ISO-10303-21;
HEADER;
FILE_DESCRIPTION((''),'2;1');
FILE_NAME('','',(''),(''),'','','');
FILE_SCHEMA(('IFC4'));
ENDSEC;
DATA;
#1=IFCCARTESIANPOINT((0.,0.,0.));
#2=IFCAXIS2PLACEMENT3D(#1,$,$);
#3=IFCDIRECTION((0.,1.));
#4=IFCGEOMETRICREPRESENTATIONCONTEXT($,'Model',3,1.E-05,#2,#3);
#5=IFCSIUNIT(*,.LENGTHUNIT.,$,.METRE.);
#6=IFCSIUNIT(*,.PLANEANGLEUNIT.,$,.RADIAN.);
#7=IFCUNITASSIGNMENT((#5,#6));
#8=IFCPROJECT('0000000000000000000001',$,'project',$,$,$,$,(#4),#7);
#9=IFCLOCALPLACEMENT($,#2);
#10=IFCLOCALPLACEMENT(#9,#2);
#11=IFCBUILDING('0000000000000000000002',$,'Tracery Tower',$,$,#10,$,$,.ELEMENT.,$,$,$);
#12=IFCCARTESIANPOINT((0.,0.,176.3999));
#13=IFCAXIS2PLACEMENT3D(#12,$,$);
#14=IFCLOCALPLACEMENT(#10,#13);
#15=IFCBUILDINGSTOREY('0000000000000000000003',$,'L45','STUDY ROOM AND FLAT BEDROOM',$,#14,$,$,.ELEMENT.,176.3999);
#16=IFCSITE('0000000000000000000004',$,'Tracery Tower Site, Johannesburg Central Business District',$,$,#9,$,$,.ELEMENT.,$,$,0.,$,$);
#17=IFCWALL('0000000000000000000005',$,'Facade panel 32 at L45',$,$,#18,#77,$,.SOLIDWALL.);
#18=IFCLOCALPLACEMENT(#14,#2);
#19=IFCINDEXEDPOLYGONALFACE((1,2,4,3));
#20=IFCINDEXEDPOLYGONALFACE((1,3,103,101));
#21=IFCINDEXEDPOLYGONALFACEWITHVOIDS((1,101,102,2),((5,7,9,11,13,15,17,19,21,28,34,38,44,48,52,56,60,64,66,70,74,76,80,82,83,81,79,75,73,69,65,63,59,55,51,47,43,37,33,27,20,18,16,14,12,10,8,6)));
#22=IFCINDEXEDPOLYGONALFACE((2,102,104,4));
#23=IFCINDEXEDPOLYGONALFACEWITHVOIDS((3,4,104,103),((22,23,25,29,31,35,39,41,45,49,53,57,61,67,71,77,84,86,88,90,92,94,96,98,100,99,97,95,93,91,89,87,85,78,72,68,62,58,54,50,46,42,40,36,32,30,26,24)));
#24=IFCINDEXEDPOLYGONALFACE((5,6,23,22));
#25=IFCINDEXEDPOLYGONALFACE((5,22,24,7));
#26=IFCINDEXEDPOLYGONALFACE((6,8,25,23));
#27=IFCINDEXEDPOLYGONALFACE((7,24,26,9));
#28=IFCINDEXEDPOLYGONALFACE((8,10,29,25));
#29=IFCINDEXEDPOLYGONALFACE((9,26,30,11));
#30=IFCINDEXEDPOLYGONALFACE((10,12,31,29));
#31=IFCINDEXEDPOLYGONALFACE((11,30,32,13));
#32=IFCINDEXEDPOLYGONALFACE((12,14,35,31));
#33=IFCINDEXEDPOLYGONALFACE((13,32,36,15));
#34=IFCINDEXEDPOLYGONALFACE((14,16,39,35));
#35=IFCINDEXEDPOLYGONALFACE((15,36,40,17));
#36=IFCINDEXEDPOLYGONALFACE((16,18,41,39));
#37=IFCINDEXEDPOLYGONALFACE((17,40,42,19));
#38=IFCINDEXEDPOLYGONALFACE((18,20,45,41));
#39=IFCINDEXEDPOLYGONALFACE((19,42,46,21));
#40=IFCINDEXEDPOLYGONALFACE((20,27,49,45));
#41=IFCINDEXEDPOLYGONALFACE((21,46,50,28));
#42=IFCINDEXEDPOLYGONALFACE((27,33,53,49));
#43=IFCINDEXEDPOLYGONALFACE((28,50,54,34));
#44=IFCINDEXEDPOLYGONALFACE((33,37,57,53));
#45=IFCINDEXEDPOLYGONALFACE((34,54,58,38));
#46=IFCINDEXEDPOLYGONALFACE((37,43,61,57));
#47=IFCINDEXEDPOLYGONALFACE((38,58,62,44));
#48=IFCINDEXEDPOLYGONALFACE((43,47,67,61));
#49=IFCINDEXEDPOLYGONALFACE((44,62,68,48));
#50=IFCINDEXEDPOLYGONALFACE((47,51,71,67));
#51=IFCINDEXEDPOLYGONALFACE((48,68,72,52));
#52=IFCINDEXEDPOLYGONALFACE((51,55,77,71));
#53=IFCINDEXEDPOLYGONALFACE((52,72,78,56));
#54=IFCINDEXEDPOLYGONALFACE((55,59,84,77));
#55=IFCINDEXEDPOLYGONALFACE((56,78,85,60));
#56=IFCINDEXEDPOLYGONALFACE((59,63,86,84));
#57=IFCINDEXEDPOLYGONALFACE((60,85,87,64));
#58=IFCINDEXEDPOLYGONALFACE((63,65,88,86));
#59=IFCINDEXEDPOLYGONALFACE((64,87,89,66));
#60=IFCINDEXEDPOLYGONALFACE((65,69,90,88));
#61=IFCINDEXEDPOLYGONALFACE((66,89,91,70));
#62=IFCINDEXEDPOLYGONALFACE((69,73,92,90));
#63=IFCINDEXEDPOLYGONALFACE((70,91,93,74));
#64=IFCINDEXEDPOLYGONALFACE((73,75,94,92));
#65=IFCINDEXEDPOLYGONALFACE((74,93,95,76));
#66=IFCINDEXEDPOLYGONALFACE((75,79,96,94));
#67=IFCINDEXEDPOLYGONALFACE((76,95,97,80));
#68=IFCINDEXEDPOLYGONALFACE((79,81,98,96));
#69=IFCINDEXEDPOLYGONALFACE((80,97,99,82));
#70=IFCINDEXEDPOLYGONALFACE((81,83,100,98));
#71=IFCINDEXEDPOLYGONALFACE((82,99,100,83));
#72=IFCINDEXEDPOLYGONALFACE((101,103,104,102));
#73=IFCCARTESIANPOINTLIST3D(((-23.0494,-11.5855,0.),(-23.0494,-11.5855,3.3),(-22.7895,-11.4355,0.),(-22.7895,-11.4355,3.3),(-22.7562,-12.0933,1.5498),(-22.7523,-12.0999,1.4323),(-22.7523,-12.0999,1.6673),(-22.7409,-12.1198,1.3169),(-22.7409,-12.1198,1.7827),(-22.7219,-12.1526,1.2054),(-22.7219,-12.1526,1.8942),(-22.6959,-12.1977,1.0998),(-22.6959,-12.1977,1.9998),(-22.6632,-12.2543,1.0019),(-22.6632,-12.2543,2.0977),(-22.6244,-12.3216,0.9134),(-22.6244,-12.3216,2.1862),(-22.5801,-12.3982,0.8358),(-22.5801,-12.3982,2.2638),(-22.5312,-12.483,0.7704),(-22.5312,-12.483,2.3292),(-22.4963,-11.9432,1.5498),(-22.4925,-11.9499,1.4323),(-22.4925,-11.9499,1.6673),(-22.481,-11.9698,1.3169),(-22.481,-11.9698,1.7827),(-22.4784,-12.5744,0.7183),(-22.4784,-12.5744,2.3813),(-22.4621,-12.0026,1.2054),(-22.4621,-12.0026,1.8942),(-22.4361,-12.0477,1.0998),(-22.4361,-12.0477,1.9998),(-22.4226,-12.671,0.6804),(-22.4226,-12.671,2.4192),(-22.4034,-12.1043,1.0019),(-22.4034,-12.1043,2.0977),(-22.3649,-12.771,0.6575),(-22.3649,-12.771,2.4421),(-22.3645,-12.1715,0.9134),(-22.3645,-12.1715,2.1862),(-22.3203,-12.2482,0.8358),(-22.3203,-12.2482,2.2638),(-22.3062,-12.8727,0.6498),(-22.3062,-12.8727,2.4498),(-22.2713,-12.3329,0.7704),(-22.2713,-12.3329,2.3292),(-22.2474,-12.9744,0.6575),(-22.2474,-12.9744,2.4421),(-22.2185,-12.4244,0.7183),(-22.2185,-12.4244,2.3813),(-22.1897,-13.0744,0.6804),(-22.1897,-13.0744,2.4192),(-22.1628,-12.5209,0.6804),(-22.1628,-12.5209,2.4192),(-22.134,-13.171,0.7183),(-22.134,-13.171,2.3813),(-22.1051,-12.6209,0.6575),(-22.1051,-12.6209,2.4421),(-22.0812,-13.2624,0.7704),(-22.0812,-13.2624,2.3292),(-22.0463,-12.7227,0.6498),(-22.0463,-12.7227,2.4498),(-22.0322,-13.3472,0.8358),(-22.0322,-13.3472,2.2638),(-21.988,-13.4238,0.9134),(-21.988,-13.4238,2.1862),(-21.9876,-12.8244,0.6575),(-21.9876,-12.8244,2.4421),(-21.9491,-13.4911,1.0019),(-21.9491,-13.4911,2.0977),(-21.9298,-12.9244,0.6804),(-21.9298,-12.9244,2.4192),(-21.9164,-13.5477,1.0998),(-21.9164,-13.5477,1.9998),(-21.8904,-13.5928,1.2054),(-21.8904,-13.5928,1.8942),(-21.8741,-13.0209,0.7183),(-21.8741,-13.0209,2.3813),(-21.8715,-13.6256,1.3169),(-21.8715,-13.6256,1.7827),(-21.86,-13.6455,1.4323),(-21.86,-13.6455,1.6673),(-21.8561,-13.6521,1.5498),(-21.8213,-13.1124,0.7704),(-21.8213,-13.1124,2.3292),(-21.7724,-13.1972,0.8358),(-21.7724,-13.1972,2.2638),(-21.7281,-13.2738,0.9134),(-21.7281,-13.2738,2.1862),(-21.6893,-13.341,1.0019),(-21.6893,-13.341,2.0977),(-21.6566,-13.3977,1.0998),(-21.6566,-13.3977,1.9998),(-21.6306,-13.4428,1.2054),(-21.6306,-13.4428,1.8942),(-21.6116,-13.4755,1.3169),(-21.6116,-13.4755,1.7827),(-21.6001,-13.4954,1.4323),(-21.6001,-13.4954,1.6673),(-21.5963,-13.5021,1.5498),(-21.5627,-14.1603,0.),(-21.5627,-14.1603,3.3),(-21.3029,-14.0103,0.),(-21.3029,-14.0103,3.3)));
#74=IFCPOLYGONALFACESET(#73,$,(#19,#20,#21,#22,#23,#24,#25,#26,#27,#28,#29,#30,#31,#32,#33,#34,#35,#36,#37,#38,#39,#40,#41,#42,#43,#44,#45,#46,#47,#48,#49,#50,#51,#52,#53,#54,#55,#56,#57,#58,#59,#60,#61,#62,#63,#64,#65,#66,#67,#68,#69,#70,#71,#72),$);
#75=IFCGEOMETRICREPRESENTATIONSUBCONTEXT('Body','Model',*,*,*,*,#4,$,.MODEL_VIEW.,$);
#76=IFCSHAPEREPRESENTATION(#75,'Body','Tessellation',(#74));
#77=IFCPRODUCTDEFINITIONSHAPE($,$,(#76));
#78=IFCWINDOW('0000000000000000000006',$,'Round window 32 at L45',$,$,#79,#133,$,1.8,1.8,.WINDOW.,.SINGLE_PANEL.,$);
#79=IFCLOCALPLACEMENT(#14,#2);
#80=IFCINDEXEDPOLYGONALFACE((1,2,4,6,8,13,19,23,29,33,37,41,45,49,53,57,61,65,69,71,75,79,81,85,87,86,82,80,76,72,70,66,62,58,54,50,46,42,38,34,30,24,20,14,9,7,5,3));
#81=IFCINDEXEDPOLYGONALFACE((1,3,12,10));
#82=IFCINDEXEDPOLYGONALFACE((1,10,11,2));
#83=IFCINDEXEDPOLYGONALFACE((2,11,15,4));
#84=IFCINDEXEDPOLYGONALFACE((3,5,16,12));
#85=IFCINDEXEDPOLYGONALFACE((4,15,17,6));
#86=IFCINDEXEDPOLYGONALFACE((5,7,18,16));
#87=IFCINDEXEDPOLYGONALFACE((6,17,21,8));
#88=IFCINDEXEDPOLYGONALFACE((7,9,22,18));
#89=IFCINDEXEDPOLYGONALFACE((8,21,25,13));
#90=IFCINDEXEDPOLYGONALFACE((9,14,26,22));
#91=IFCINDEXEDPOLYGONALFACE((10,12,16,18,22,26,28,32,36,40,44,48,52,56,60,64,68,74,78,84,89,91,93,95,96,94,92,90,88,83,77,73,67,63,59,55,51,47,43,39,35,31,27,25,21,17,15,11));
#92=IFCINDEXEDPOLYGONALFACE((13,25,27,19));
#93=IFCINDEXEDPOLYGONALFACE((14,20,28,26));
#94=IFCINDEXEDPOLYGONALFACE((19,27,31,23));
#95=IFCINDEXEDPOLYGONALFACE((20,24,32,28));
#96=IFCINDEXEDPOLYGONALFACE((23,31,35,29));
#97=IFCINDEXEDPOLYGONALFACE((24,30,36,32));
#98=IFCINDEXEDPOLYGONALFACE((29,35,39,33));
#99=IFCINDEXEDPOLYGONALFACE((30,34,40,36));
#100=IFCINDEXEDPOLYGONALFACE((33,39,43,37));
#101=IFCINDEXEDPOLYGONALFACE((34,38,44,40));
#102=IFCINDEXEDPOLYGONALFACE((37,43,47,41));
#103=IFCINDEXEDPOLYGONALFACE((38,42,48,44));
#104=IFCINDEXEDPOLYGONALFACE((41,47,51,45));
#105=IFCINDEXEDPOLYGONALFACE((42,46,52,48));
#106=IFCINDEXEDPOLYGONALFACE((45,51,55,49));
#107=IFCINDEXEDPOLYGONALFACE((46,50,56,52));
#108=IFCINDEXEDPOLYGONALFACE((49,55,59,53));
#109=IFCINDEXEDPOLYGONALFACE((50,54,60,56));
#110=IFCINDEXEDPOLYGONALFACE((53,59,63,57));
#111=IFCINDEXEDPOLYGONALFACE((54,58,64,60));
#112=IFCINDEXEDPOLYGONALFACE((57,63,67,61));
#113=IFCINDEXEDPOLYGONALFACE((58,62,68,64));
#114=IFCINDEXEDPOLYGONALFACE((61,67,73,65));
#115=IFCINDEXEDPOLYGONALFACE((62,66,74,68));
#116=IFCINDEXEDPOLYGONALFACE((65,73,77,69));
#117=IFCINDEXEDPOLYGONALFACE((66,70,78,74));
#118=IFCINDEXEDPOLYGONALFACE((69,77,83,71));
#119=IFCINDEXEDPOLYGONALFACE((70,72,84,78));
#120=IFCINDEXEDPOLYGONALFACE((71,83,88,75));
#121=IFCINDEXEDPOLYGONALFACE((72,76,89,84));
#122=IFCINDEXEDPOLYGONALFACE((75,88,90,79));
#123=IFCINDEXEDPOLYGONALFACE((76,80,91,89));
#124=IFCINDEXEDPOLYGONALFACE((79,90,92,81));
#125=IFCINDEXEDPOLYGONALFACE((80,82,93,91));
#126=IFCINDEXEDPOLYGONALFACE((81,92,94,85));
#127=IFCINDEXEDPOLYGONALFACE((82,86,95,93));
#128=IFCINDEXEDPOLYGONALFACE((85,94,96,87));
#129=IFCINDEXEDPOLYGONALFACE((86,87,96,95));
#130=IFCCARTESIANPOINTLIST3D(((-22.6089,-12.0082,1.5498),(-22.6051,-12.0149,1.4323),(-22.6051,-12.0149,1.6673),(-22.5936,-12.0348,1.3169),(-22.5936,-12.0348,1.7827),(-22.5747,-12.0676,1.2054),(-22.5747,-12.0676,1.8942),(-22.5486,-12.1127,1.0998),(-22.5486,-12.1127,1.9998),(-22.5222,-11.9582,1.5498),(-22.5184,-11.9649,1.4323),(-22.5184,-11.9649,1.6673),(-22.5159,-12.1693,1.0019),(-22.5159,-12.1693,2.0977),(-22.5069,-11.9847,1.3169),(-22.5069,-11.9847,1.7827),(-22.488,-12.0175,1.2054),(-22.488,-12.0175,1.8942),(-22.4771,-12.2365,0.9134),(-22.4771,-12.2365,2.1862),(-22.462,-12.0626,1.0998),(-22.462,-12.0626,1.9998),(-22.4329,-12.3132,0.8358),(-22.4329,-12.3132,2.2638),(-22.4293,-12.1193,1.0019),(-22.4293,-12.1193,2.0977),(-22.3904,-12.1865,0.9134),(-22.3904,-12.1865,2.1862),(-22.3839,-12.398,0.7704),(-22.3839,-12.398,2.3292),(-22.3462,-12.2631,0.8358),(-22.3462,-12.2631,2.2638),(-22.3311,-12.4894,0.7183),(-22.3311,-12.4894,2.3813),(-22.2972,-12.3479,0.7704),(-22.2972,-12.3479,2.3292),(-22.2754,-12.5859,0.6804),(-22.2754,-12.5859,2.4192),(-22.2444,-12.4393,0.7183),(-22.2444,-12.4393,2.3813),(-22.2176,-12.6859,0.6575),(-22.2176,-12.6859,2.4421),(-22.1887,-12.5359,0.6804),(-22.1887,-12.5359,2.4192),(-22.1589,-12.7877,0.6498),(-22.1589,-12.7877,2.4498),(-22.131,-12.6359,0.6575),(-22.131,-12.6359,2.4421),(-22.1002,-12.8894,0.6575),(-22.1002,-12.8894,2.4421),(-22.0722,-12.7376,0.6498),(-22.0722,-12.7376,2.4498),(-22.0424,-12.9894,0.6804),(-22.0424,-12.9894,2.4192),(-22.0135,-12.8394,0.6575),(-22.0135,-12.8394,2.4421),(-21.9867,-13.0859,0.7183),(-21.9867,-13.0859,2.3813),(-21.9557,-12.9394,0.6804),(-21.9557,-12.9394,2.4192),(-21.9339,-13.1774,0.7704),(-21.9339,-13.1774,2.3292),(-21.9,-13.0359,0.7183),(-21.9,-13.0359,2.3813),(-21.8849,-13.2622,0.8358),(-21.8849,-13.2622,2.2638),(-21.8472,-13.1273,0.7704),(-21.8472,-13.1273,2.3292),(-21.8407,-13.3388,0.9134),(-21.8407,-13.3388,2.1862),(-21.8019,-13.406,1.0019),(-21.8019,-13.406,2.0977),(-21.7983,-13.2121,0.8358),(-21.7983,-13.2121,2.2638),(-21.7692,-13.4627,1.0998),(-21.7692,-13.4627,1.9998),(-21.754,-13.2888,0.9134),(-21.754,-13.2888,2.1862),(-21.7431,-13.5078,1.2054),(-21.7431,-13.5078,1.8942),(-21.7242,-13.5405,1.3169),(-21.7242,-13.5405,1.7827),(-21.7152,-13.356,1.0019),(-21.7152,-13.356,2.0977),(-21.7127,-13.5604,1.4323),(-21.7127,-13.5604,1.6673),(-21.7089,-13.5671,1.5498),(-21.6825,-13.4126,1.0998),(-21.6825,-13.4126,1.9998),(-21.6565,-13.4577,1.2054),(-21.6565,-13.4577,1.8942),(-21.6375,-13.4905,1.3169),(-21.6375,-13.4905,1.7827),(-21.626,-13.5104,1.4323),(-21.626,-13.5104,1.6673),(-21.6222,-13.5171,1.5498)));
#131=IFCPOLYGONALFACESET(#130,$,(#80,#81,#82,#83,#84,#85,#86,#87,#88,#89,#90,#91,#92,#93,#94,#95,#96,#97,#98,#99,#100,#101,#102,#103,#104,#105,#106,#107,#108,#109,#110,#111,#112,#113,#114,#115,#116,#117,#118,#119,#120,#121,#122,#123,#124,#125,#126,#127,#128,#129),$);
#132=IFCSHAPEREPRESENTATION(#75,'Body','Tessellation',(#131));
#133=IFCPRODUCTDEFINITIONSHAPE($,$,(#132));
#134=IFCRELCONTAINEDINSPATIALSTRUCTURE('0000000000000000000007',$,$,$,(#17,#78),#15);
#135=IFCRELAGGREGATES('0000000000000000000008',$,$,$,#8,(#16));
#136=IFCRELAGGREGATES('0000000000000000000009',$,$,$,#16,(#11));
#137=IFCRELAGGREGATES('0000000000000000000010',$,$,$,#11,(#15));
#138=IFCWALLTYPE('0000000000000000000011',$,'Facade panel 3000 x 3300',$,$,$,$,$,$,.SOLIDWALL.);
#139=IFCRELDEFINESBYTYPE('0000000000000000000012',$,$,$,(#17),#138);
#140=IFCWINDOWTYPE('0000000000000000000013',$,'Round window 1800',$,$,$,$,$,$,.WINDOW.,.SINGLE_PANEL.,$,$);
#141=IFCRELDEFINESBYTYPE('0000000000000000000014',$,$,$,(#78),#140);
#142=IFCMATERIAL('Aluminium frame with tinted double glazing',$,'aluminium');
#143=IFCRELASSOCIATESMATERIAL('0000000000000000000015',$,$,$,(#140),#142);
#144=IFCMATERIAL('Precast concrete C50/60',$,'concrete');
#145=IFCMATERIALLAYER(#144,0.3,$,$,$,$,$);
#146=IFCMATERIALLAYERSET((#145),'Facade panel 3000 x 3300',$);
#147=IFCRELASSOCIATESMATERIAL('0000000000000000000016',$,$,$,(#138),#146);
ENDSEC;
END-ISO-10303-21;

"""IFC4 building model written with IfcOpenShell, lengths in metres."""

from ifc_helpers import new_model, si_unit, direction, frame, frame_2d, origin, origin_2d, place, context, subcontext, project, spatial, rectangle, circle, extrude, material, layer, layer_set, type_object, element, fill, save


model = new_model("IFC4")

# Units and contexts
model_context = context("Model", 3, precision=1e-05, world=origin(), true_north=direction((0.0, 1.0)))
body_context = subcontext(model_context, "Body", "Model", "MODEL_VIEW")
ifc_project = project(units=[si_unit("LENGTHUNIT", "METRE"), si_unit("PLANEANGLEUNIT", "RADIAN")], contexts=[model_context])

# Site, building, storey
site_placement = place(None, origin())
site = spatial("IfcSite", under=ifc_project, at=site_placement, Name="Tracery Tower Site, Johannesburg Central Business District", CompositionType="ELEMENT", RefElevation=0.0)
building_placement = place(site_placement, origin())
building = spatial("IfcBuilding", under=site, at=building_placement, Name="Tracery Tower", CompositionType="ELEMENT")
storey_placement = place(building_placement, frame((0.0, 0.0, 176.3999)))
storey = spatial("IfcBuildingStorey", under=building, at=storey_placement, Name="L45", Description="STUDY ROOM AND FLAT BEDROOM", CompositionType="ELEMENT", Elevation=176.3999)

# Wall, opening, window
ifc_material_1 = material(Name="Aluminium frame with tinted double glazing", Category="aluminium")
window_type = type_object("IfcWindowType", Name="Round window 1800", PartitioningType="SINGLE_PANEL", PredefinedType="WINDOW", material=ifc_material_1)
ifc_material_2 = material(Name="Precast concrete C50/60", Category="concrete")
ifc_layer_1 = layer(ifc_material_2, 0.3)
ifc_layer_set_1 = layer_set([ifc_layer_1], Name="Facade panel 3000 x 3300")
wall_type_1 = type_object("IfcWallType", Name="Facade panel 3000 x 3300", PredefinedType="SOLIDWALL", material=ifc_layer_set_1)
wall_1_placement = place(storey_placement, frame((-22.9194, -11.5105, 0.0), z_axis=(0.0, 0.0, 1.0), x_axis=(0.500016, -0.866016, 0.0)))
wall_1 = element("IfcWall", 1, at=wall_1_placement, inside=storey, type_object=wall_type_1, Name="Facade panel 32 at L45", PredefinedType="SOLIDWALL", context=body_context, shape_type="SweptSolid", body=[
    extrude(rectangle(XDim=2.9731, YDim=0.3, at=frame_2d((1.4866, 0.0))), origin(), (0.0, 0.0, 1.0), 3.3),
])
opening_1_placement = place(wall_1_placement, frame((1.4863, 0.0, 1.5498)))
opening_1 = element("IfcOpeningElement", 2, at=opening_1_placement, cuts=wall_1, PredefinedType="OPENING", context=body_context, shape_type="SweptSolid", body=[
    extrude(circle(Radius=0.9, at=origin_2d()), frame((0.0, 0.1599, 0.0), z_axis=(0.0, -1.0, 0.0), x_axis=(1.0, 0.0, 0.0)), (0.0, 0.0, 1.0), 0.3201),
])
window_1_placement = place(opening_1_placement, origin())
window_1 = element("IfcWindow", 3, at=window_1_placement, inside=storey, type_object=window_type, Name="Round window 32 at L45", OverallHeight=1.8, OverallWidth=1.8, PartitioningType="SINGLE_PANEL", PredefinedType="WINDOW", context=body_context, shape_type="SweptSolid", body=[
    extrude(circle(Radius=0.9, at=origin_2d()), frame((0.0, 0.1201, 0.0), z_axis=(0.0, -1.0, 0.0), x_axis=(1.0, 0.0, 0.0)), (0.0, 0.0, 1.0), 0.1001),
])
fill(opening_1, window_1)

save(model, "model.ifc")
